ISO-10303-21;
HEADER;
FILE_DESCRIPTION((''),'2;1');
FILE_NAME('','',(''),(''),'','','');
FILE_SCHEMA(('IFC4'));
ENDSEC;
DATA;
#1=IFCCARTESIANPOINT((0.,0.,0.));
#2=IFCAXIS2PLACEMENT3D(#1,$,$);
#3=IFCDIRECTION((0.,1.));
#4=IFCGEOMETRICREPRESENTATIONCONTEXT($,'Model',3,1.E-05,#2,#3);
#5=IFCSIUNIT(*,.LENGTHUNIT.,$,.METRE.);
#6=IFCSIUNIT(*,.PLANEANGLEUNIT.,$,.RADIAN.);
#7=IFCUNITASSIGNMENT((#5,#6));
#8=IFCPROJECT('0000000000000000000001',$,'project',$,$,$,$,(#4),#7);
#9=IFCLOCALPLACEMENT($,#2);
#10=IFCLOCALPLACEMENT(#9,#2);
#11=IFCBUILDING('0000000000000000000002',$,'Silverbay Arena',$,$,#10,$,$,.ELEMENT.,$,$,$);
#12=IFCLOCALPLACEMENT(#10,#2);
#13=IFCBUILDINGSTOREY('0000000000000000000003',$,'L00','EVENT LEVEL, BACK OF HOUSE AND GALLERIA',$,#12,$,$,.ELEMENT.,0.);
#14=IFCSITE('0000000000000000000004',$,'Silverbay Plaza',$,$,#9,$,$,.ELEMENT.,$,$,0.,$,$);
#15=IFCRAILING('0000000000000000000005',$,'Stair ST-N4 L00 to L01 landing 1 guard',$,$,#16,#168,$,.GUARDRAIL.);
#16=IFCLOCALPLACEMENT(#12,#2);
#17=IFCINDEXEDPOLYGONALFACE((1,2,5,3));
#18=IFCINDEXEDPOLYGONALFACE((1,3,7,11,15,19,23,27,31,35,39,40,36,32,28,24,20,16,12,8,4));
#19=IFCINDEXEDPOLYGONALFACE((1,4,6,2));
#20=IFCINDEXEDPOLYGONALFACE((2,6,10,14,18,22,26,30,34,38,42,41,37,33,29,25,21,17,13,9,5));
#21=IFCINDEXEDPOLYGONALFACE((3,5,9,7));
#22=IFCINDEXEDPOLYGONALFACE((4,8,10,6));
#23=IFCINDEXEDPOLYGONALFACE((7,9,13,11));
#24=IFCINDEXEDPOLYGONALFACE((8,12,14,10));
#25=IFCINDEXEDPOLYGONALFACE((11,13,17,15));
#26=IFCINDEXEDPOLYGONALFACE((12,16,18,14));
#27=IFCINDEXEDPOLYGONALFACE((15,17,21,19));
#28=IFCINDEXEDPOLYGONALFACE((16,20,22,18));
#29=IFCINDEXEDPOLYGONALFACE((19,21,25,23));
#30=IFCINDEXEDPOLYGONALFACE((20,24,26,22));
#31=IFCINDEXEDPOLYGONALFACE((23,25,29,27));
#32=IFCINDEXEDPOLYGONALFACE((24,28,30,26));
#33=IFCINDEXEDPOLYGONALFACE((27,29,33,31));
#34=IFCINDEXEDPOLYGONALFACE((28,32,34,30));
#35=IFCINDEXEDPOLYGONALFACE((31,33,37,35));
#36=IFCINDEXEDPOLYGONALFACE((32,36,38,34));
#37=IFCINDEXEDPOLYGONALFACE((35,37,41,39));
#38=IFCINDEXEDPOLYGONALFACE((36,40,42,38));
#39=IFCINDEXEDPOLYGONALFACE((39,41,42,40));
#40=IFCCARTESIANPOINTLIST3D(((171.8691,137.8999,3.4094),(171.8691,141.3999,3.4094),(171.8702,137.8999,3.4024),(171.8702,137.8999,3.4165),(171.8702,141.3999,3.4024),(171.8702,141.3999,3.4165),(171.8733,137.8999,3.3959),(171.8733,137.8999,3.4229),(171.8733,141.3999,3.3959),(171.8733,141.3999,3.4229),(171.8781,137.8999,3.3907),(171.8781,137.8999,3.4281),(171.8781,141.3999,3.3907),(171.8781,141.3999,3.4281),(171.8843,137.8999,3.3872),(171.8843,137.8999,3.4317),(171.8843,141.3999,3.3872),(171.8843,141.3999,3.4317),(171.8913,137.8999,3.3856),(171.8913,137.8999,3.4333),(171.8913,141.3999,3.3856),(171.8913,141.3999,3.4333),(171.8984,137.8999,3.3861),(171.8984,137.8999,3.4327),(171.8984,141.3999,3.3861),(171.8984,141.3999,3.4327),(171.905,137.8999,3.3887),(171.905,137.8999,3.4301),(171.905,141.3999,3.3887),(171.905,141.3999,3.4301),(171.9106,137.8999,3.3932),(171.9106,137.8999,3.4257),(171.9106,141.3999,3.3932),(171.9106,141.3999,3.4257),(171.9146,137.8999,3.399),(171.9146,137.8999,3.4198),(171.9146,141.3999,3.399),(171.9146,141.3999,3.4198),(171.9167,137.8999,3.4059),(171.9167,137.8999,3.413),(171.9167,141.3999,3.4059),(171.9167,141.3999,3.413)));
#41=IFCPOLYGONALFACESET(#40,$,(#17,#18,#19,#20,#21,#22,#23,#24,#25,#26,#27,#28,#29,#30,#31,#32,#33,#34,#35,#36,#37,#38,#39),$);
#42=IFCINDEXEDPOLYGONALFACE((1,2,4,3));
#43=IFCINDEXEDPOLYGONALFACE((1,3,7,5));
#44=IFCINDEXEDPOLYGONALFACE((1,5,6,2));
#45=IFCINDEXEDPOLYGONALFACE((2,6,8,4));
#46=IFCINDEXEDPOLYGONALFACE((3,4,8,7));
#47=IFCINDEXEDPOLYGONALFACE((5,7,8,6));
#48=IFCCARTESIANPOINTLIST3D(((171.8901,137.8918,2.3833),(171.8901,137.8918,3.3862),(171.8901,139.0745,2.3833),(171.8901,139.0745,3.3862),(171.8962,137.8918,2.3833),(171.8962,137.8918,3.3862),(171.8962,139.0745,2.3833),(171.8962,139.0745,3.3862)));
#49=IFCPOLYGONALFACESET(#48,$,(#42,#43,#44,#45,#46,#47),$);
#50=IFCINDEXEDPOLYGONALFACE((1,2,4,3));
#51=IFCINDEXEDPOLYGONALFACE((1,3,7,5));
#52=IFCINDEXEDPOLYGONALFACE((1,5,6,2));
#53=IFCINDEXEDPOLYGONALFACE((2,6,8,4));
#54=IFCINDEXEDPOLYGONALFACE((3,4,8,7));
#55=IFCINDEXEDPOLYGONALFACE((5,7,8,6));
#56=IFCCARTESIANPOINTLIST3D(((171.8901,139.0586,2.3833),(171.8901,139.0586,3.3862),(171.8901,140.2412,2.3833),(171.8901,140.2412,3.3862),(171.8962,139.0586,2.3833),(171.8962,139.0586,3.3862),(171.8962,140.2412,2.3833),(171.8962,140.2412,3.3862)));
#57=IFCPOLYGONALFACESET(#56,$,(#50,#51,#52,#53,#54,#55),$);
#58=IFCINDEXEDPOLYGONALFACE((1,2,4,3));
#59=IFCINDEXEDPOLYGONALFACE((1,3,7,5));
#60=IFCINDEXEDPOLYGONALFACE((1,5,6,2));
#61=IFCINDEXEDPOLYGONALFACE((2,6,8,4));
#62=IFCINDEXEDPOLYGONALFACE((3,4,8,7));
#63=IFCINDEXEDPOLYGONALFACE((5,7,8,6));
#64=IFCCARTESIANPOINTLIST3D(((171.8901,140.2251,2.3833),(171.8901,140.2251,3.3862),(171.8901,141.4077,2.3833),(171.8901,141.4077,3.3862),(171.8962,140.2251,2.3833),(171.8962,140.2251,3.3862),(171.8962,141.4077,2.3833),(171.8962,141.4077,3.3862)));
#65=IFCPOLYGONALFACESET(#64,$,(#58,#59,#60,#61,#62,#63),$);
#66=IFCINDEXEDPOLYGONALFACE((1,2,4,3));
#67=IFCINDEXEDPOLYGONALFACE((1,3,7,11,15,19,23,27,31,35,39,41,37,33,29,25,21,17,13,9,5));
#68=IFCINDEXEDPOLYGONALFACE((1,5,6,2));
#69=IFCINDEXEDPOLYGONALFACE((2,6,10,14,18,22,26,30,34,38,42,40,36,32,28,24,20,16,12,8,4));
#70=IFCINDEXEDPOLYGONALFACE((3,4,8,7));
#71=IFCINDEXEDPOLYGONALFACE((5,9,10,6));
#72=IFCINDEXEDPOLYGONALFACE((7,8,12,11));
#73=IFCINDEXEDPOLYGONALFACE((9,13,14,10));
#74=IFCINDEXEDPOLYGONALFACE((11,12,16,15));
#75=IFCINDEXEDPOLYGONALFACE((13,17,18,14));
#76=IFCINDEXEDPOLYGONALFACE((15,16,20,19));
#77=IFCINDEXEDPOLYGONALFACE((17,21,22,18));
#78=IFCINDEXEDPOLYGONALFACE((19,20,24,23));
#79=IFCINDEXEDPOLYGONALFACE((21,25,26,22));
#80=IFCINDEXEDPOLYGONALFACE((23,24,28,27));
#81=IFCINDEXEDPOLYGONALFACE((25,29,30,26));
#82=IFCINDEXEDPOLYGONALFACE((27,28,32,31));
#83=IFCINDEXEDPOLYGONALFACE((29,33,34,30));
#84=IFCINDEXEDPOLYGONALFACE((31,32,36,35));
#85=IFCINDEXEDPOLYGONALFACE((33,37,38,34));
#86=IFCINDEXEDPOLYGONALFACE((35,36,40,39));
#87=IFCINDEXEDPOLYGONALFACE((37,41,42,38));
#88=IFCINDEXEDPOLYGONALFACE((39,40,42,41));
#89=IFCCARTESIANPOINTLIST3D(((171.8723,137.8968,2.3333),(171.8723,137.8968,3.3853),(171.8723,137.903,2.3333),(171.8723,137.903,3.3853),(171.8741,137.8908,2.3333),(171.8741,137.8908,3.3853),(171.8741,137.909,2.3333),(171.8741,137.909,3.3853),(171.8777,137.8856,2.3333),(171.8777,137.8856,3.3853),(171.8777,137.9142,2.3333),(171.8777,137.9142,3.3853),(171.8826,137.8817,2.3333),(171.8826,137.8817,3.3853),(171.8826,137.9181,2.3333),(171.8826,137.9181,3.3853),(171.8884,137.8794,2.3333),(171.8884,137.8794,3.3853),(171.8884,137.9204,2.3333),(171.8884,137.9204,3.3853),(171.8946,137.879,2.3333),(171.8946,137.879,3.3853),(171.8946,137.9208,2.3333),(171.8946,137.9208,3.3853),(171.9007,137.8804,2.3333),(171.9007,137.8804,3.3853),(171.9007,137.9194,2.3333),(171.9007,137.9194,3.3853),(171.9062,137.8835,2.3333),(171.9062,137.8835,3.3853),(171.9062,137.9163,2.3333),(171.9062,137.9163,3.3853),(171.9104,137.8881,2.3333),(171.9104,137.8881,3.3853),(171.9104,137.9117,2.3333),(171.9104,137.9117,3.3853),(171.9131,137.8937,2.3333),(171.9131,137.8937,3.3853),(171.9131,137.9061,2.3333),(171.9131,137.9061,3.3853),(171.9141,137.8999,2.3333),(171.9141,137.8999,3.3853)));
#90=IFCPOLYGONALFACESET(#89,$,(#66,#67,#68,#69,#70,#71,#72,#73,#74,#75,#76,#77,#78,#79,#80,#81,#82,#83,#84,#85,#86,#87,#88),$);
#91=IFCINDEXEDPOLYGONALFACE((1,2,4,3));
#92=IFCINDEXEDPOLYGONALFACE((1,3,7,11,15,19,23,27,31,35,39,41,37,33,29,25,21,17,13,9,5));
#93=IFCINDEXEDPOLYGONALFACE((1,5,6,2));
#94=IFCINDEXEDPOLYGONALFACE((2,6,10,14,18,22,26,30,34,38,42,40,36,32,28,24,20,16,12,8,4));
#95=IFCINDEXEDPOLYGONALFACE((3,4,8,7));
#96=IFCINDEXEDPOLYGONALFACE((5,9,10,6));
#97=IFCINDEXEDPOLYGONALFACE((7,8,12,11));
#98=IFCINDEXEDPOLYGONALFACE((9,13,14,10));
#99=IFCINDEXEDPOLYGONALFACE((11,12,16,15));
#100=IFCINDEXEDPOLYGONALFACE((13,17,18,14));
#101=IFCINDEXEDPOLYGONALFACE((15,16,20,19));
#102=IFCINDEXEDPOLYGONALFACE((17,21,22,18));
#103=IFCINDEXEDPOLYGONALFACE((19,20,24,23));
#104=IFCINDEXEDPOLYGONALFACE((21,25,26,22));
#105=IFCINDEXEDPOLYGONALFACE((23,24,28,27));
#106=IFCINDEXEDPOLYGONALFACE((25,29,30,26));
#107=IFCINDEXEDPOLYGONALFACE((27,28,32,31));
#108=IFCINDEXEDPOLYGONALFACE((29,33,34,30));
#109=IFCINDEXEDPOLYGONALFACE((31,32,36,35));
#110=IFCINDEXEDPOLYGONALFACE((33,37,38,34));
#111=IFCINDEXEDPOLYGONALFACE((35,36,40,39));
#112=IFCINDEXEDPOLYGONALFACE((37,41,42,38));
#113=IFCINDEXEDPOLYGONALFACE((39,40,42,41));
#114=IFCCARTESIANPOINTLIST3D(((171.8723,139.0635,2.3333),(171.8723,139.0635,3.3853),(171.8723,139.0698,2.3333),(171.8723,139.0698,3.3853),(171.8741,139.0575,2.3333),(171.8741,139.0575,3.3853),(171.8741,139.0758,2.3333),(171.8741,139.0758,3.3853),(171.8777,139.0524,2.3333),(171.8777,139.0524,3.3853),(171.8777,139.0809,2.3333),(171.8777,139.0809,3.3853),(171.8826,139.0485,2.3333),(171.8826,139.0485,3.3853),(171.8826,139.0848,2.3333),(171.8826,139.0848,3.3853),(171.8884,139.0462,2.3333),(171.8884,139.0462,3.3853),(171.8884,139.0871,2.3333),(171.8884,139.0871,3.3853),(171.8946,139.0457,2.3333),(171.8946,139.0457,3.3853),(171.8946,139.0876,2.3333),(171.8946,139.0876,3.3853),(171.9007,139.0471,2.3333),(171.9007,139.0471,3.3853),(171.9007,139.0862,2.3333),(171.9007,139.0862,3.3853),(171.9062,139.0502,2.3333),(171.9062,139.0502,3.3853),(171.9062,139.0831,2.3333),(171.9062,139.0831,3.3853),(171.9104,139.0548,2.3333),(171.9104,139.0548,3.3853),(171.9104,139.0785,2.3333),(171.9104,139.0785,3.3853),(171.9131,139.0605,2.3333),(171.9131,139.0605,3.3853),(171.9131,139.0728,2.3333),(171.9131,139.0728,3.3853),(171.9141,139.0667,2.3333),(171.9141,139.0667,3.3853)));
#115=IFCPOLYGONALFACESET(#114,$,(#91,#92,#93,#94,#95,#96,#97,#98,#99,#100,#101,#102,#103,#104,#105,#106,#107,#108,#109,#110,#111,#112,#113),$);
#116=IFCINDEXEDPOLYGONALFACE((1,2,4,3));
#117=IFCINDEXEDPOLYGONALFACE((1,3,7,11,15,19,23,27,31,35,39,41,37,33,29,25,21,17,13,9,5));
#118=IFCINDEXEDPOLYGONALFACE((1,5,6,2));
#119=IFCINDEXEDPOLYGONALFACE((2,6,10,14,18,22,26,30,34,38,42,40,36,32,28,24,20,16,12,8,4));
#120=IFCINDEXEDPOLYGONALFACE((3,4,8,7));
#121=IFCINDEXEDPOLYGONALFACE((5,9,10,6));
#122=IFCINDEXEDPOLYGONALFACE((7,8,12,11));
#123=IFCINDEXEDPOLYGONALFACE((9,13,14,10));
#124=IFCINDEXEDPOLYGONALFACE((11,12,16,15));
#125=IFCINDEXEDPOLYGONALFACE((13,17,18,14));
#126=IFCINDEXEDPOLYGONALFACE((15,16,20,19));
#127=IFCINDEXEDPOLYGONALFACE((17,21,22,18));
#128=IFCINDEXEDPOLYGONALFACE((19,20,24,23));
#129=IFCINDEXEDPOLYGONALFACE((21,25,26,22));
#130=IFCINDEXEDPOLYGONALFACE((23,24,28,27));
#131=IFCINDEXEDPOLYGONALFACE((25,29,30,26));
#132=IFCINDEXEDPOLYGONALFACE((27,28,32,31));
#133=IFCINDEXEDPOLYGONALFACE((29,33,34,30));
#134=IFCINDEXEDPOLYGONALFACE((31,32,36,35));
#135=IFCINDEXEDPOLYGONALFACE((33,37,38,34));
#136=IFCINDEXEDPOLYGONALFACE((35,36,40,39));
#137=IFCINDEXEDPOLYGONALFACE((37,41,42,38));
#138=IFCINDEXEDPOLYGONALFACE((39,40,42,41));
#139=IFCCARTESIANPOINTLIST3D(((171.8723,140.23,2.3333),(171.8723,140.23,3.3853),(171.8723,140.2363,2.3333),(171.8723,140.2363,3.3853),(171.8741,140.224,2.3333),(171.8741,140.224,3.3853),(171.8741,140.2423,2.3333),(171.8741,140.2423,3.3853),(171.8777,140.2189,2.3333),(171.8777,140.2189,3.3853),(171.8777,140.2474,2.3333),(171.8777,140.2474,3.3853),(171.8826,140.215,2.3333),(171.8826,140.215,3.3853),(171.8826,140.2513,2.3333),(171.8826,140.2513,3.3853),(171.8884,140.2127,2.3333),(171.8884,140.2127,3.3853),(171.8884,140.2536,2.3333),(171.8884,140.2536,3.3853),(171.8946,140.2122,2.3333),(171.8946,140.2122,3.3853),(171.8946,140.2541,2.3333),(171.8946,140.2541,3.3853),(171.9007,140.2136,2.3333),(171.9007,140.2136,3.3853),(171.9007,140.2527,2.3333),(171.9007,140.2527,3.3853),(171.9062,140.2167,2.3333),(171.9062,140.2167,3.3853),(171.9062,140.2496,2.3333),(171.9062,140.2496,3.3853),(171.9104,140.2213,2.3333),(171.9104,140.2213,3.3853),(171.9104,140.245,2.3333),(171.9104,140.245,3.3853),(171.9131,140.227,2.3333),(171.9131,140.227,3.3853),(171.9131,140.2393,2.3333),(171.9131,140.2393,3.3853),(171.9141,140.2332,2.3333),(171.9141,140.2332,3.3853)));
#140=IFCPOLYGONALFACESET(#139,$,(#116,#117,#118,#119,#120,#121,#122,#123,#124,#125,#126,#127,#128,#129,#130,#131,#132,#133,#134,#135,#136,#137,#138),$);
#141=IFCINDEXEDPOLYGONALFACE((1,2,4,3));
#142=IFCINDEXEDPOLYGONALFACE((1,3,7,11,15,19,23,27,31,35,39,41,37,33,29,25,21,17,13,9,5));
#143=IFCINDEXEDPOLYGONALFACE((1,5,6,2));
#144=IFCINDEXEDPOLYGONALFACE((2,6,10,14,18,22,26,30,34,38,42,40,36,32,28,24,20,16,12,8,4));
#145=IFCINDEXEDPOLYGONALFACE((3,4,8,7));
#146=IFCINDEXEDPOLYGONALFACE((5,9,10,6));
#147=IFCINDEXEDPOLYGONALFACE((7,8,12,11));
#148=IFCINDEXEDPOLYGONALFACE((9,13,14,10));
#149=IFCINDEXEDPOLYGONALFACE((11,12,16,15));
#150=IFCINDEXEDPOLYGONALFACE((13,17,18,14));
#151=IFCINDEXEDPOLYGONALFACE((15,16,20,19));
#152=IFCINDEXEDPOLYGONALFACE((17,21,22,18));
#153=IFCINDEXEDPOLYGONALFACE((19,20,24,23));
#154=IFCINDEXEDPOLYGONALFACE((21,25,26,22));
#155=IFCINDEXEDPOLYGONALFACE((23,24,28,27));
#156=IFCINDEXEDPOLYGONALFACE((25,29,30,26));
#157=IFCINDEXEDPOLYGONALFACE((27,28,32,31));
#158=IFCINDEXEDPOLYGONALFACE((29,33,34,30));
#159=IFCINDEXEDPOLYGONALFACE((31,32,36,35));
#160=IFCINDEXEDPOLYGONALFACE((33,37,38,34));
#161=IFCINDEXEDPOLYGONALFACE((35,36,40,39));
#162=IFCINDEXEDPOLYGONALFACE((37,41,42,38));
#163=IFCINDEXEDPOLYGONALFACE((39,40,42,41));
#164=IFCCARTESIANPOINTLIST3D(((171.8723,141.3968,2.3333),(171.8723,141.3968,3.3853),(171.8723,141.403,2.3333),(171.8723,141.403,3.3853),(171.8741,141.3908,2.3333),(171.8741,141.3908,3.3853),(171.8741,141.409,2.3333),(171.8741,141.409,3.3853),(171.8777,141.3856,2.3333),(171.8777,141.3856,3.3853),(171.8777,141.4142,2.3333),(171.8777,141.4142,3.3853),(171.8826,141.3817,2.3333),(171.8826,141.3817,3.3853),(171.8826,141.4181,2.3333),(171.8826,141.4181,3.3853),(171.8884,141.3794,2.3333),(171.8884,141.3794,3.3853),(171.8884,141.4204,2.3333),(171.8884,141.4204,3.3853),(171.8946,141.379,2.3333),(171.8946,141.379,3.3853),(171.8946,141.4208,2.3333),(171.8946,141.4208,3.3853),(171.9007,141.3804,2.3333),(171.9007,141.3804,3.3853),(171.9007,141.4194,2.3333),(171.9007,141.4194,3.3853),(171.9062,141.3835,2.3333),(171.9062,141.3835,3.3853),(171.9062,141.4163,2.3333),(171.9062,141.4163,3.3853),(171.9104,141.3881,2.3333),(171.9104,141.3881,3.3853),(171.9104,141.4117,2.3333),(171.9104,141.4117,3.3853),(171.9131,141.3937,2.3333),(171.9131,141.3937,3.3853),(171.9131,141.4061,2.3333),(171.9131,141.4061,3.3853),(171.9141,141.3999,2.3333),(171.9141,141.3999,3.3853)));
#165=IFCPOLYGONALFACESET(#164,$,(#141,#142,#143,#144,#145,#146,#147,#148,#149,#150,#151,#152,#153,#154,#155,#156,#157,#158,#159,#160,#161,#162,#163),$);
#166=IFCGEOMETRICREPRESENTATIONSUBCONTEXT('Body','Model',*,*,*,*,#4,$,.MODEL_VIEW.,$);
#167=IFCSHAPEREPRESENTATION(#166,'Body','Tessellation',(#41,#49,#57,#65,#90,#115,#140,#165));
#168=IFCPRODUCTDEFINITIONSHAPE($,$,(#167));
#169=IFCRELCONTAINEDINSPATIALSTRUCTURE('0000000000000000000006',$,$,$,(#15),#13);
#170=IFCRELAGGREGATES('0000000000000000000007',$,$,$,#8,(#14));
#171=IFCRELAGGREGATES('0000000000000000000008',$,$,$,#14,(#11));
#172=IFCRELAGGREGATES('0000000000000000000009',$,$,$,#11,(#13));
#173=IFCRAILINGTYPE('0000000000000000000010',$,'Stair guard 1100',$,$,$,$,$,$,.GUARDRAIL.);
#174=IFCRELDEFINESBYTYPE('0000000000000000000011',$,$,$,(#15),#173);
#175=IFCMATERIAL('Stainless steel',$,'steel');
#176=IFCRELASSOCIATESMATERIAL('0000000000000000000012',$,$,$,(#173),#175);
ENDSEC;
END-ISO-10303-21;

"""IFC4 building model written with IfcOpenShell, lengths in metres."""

from ifc_helpers import new_model, si_unit, direction, frame, origin, origin_2d, place, context, subcontext, project, spatial, polyline, circle, outline, extrude, material, type_object, element, save


model = new_model("IFC4")

# Units and contexts
model_context = context("Model", 3, precision=1e-05, world=origin(), true_north=direction((0.0, 1.0)))
body_context = subcontext(model_context, "Body", "Model", "MODEL_VIEW")
ifc_project = project(units=[si_unit("LENGTHUNIT", "METRE"), si_unit("PLANEANGLEUNIT", "RADIAN")], contexts=[model_context])

# Site, building, storey
site_placement = place(None, origin())
site = spatial("IfcSite", under=ifc_project, at=site_placement, Name="Silverbay Plaza", CompositionType="ELEMENT", RefElevation=0.0)
building_placement = place(site_placement, origin())
building = spatial("IfcBuilding", under=site, at=building_placement, Name="Silverbay Arena", CompositionType="ELEMENT")
storey_placement = place(building_placement, origin())
storey = spatial("IfcBuildingStorey", under=building, at=storey_placement, Name="L00", Description="EVENT LEVEL, BACK OF HOUSE AND GALLERIA", CompositionType="ELEMENT", Elevation=0.0)

# Railing
ifc_material_1 = material(Name="Stainless steel", Category="steel")
railing_type_1 = type_object("IfcRailingType", Name="Stair guard 1100", PredefinedType="GUARDRAIL", material=ifc_material_1)
for number, where, name in (
    (1, (171.8931, 137.8999, 2.3333), "Stair ST-N4 L00 to L01 landing 1 guard"),
):
    element("IfcRailing", number, at=place(storey_placement, frame(where)), inside=storey, type_object=railing_type_1, Name=name, PredefinedType="GUARDRAIL", context=body_context, shape_type="SweptSolid", body=[
        extrude(circle(Radius=0.0239, at=origin_2d()), frame((0.0, 0.0, 1.0762), z_axis=(0.0, 1.0, 0.0), x_axis=(-1.0, 0.0, 0.0)), (0.0, 0.0, 1.0), 3.5),
        extrude(outline(polyline([(-0.0081, 0.05), (1.1746, 0.05), (1.1746, 1.053), (-0.0081, 1.053), (-0.0081, 0.05)])), frame((-0.0029, 0.0, 0.0), z_axis=(1.0, 0.0, 0.0), x_axis=(0.0, 1.0, 0.0)), (0.0, 0.0, 1.0), 0.0061),
        extrude(outline(polyline([(-0.0081, 0.05), (1.1746, 0.05), (1.1746, 1.053), (-0.0081, 1.053), (-0.0081, 0.05)])), frame((-0.0029, 1.1667, 0.0), z_axis=(1.0, 0.0, 0.0), x_axis=(0.0, 1.0, 0.0)), (0.0, 0.0, 1.0), 0.0061),
        extrude(outline(polyline([(-0.0081, 0.05), (1.1746, 0.05), (1.1746, 1.053), (-0.0081, 1.053), (-0.0081, 0.05)])), frame((-0.0029, 2.3333, 0.0), z_axis=(1.0, 0.0, 0.0), x_axis=(0.0, 1.0, 0.0)), (0.0, 0.0, 1.0), 0.0061),
        extrude(circle(Radius=0.021, at=origin_2d()), origin(), (0.0, 0.0, 1.0), 1.052),
        extrude(circle(Radius=0.021, at=origin_2d()), frame((0.0, 1.1667, 0.0)), (0.0, 0.0, 1.0), 1.052),
        extrude(circle(Radius=0.021, at=origin_2d()), frame((0.0, 2.3333, 0.0)), (0.0, 0.0, 1.0), 1.052),
        extrude(circle(Radius=0.021, at=origin_2d()), frame((0.0, 3.5, 0.0)), (0.0, 0.0, 1.0), 1.052),
    ])

save(model, "model.ifc")
